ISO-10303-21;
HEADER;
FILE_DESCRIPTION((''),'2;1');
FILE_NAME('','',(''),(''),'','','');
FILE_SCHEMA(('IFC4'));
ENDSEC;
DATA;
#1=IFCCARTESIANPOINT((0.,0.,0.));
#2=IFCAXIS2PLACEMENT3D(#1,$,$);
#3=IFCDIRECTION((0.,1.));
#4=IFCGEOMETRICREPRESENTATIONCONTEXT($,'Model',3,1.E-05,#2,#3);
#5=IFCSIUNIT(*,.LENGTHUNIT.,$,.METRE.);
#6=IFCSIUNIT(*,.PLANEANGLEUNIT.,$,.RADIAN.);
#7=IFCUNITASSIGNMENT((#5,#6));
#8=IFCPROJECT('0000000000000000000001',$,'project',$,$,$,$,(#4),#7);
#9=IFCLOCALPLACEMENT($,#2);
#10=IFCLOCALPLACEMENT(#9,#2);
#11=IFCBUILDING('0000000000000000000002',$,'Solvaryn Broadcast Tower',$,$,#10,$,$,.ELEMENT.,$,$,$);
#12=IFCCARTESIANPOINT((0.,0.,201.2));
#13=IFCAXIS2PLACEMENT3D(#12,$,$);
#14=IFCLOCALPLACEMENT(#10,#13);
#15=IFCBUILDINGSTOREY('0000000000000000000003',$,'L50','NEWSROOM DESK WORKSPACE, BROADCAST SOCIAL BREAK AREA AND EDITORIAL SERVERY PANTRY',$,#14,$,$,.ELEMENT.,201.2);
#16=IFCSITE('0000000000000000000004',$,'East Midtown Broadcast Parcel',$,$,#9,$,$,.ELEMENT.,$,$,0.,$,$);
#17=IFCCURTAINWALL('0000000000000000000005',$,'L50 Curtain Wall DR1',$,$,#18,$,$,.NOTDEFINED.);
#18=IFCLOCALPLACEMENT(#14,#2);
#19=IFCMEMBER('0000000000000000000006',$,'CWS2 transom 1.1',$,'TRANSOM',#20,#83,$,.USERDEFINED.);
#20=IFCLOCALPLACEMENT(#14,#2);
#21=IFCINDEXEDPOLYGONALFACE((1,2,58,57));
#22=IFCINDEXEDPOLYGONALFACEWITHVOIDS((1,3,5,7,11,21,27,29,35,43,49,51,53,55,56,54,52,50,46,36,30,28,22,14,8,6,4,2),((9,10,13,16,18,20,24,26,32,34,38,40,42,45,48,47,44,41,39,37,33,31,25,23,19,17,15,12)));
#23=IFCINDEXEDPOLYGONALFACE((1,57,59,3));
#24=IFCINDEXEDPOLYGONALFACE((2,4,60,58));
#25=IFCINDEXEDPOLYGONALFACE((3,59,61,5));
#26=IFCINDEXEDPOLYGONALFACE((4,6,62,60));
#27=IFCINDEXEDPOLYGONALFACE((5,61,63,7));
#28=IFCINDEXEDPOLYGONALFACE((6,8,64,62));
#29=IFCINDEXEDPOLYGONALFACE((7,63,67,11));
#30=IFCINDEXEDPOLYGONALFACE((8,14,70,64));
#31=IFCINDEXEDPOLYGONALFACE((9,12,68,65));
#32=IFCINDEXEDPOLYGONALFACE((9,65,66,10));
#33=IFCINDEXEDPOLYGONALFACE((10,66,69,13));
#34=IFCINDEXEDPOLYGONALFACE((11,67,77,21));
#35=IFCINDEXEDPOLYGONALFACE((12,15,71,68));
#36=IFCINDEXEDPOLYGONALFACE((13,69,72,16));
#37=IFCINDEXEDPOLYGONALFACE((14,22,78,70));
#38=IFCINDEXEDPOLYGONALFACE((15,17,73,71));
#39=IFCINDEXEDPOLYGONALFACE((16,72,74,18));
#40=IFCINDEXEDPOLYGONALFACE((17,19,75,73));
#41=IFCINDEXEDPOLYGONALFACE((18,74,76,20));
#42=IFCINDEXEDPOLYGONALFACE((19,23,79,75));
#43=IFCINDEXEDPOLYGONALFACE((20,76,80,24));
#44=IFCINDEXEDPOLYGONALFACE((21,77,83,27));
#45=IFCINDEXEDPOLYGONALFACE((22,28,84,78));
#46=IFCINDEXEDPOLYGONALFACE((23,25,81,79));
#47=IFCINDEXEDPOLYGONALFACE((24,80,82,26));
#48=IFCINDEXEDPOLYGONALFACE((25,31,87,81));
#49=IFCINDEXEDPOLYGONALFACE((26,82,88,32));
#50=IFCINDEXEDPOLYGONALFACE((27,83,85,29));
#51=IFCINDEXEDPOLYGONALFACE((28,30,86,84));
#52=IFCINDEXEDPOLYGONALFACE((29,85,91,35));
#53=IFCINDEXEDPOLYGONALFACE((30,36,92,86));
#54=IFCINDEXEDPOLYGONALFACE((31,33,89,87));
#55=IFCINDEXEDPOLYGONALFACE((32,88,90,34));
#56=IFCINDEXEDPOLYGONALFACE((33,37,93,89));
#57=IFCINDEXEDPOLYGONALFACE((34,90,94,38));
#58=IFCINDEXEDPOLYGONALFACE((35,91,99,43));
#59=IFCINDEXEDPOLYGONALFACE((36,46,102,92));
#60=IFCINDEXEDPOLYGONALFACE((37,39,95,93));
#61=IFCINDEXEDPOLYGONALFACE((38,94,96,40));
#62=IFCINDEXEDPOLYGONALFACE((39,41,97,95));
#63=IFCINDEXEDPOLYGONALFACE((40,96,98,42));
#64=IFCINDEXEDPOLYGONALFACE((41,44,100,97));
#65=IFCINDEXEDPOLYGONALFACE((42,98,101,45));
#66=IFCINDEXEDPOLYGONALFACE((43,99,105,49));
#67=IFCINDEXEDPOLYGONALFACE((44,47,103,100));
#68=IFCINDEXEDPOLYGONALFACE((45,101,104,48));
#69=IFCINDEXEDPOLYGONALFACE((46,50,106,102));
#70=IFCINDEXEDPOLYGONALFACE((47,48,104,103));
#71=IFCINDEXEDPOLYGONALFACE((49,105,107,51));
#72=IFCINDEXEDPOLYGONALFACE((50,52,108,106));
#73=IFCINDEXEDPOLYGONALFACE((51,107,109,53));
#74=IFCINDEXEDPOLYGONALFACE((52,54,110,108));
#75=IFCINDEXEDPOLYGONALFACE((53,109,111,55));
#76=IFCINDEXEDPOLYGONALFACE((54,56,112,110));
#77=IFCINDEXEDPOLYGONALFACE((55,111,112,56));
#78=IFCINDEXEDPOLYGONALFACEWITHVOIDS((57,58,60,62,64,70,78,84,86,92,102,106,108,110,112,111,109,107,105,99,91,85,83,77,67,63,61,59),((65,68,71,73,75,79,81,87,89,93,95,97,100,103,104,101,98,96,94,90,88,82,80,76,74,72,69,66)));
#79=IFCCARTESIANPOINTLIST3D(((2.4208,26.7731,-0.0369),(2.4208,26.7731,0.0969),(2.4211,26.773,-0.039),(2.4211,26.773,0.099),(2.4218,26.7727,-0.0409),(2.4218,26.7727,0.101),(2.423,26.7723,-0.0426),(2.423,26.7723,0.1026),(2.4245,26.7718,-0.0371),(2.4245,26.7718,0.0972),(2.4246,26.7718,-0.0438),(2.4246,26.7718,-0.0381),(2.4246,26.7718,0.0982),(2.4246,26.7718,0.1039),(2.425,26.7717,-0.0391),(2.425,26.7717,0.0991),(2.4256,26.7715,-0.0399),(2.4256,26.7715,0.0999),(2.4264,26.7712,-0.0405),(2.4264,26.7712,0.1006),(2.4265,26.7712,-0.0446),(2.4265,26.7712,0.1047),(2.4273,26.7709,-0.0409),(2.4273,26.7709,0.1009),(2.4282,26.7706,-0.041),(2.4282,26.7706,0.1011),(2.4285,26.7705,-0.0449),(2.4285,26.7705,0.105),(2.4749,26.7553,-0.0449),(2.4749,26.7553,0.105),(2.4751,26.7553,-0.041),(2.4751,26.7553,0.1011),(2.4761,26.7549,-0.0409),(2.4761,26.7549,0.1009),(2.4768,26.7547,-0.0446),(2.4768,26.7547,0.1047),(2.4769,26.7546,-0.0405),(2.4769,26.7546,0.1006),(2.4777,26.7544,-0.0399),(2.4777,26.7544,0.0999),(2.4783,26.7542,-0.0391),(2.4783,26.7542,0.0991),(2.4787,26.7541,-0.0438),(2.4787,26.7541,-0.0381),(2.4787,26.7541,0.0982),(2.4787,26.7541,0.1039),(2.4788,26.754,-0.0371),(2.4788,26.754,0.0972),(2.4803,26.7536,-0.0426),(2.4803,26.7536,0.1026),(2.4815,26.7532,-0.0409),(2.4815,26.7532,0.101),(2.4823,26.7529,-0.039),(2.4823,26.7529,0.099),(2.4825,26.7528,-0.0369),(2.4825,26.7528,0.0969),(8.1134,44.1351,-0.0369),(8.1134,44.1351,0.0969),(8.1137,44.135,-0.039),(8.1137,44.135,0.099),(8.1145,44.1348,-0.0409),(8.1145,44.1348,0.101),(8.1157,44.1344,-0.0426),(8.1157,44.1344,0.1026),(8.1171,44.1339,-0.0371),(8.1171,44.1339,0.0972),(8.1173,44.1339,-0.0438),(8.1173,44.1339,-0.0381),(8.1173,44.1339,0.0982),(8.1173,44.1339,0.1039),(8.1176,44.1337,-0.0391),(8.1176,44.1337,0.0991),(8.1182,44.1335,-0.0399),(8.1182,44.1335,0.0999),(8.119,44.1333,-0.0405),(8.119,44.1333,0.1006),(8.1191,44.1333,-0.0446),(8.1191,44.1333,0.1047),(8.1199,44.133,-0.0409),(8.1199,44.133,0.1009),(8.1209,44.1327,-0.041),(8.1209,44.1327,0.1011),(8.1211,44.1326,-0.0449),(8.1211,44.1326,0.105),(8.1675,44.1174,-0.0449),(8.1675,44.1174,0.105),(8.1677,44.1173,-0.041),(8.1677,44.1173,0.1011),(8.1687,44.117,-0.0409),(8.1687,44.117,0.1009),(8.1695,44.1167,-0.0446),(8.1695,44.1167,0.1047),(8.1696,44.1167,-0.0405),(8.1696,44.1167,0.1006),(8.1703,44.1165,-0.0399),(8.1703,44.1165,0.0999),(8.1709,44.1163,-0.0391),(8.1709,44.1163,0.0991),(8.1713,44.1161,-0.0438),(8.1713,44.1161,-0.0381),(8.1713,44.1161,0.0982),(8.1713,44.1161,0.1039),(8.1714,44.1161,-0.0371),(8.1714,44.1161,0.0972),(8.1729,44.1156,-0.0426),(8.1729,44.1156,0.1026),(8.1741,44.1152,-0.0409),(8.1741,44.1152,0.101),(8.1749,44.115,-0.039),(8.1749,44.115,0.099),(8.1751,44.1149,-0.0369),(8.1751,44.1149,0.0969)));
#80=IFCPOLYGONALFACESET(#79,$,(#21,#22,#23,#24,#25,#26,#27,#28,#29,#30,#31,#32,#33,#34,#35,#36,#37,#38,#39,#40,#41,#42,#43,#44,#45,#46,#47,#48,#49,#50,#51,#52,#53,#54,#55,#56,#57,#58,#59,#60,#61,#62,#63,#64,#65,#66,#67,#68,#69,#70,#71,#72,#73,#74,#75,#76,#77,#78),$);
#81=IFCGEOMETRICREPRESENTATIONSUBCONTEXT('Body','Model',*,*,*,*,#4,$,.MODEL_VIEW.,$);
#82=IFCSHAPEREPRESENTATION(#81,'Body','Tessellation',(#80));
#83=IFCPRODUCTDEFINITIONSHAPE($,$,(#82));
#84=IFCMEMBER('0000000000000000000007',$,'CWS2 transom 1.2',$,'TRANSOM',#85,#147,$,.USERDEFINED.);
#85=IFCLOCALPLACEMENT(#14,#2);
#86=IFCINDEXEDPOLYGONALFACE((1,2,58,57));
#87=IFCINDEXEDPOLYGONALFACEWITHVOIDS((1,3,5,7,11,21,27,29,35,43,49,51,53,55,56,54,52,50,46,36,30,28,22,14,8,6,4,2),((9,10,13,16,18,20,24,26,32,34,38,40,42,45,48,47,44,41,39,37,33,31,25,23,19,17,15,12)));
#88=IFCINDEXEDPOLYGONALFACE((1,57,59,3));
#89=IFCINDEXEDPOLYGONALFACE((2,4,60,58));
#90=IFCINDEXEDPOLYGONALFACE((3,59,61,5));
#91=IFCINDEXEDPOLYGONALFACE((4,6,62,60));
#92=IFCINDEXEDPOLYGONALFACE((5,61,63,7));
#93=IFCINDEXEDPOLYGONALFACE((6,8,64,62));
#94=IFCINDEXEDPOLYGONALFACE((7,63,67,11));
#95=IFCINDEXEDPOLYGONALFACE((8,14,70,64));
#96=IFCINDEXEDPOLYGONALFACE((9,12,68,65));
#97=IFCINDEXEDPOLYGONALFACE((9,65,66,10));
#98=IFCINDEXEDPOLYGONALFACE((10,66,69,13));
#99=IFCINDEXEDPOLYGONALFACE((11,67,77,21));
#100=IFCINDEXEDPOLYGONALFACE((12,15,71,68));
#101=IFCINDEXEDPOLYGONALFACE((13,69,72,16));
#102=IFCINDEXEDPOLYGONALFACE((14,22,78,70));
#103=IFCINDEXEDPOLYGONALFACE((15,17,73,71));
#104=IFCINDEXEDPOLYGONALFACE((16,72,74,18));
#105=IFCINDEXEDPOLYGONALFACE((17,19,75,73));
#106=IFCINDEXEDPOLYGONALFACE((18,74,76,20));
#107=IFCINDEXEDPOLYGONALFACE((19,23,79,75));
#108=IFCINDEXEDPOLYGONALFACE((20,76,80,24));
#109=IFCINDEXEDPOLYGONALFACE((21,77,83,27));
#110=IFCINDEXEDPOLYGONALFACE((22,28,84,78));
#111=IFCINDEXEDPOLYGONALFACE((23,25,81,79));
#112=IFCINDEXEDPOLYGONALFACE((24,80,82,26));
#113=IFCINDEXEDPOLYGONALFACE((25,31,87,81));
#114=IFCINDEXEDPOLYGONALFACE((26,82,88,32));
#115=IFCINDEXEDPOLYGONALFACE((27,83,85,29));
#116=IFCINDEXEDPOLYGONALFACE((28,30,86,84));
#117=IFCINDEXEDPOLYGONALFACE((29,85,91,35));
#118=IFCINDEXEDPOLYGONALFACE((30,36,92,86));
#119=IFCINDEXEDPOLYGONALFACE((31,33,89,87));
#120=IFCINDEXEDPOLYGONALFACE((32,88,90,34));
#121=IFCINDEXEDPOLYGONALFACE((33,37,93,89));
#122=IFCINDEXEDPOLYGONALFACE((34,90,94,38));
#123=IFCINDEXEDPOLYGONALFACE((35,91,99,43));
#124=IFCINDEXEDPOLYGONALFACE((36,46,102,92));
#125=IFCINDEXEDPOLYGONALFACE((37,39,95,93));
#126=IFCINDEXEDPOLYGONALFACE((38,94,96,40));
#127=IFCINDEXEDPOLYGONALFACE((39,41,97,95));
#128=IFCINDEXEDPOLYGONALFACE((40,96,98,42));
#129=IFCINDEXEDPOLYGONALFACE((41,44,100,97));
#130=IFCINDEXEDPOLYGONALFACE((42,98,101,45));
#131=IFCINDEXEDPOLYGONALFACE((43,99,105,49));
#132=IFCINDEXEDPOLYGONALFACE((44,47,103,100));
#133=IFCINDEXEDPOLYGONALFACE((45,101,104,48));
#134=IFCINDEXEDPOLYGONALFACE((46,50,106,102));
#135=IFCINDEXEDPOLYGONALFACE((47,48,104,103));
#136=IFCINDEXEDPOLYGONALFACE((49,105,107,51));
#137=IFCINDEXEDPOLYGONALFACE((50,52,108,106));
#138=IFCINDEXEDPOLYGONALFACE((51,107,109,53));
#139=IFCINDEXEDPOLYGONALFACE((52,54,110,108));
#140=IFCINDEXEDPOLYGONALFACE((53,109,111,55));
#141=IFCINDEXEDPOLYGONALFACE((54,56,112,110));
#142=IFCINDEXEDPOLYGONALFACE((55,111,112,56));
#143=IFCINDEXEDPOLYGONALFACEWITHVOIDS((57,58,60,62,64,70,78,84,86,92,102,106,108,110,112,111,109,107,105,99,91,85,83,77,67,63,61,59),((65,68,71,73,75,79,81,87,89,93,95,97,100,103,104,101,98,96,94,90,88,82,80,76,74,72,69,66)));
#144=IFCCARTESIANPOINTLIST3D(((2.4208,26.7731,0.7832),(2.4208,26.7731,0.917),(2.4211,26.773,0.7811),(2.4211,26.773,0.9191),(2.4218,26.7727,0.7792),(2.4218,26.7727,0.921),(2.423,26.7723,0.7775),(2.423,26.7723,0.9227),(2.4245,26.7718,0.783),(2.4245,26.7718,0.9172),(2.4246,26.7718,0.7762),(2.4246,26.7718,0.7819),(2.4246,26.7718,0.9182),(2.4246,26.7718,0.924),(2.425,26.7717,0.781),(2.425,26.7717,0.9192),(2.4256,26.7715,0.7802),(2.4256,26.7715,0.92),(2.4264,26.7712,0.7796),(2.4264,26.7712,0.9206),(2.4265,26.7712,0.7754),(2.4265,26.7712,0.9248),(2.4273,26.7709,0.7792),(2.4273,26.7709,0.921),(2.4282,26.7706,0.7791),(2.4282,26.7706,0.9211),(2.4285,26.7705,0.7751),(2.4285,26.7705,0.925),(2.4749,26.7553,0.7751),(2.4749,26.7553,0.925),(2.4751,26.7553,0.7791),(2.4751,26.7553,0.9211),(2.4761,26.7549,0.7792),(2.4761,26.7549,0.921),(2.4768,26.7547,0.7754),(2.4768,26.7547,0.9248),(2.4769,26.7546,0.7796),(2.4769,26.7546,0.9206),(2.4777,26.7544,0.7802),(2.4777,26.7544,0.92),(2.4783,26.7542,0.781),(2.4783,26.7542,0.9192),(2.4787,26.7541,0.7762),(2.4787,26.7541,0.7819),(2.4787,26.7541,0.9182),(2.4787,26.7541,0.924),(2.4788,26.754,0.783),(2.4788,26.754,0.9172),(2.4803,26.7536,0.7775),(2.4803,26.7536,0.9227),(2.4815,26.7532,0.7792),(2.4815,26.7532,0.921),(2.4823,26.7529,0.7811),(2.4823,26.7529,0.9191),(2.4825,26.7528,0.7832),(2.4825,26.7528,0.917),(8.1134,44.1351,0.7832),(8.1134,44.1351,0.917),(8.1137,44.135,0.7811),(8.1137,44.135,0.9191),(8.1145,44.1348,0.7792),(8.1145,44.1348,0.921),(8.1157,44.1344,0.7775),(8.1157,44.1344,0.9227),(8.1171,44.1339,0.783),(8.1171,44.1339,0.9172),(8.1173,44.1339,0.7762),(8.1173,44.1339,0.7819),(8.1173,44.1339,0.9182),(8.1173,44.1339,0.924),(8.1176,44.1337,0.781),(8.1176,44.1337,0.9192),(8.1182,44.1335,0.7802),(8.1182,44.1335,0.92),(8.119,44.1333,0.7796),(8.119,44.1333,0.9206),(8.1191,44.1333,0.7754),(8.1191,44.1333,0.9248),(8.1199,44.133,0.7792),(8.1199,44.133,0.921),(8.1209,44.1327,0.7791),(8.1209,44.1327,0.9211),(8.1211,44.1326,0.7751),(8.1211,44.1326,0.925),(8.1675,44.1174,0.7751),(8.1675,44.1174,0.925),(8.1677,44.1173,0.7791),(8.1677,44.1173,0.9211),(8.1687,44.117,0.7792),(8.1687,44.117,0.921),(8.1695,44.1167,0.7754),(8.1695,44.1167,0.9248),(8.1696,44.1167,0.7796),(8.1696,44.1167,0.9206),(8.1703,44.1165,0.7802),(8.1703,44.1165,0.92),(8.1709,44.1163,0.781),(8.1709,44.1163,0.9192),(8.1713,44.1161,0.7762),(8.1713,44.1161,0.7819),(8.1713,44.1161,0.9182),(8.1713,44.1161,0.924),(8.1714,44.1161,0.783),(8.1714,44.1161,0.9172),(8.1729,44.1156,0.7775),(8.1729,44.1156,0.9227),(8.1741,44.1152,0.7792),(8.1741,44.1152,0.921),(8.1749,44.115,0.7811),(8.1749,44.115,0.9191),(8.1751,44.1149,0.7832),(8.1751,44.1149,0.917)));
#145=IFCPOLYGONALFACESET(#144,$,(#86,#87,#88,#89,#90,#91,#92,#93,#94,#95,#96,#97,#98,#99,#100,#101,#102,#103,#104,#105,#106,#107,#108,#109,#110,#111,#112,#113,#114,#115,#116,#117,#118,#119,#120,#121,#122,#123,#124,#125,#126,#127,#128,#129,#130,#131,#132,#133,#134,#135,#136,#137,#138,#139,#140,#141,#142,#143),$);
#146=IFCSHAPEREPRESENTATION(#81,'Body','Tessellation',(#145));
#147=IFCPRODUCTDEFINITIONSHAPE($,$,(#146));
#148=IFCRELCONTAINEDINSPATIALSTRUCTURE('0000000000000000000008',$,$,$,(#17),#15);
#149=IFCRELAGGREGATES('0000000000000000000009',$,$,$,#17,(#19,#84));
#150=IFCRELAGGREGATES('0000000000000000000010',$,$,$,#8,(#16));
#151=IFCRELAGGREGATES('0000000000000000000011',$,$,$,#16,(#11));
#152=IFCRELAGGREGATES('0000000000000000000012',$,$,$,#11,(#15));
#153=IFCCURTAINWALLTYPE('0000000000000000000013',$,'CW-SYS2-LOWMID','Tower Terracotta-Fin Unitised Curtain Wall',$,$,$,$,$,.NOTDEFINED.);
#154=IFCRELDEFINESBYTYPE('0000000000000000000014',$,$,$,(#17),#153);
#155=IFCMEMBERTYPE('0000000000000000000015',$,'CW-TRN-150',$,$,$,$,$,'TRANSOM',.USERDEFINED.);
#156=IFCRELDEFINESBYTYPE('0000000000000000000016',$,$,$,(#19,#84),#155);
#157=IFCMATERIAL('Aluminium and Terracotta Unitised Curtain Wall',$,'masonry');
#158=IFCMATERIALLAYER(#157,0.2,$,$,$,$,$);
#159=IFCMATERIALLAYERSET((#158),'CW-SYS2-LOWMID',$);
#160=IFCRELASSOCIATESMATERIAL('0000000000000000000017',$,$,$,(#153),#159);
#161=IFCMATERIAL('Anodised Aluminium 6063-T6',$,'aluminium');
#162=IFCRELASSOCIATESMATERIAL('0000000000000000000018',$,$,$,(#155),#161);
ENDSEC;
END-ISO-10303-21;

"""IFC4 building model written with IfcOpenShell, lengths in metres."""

from ifc_helpers import new_model, si_unit, direction, frame, origin, origin_2d, place, context, subcontext, project, spatial, hollow_rectangle, extrude, material, layer, layer_set, material_profile, profile_set, type_object, element, aggregate, save


model = new_model("IFC4")

# Units and contexts
model_context = context("Model", 3, precision=1e-05, world=origin(), true_north=direction((0.0, 1.0)))
body_context = subcontext(model_context, "Body", "Model", "MODEL_VIEW")
ifc_project = project(units=[si_unit("LENGTHUNIT", "METRE"), si_unit("PLANEANGLEUNIT", "RADIAN")], contexts=[model_context])

# Site, building, storey
site_placement = place(None, origin())
site = spatial("IfcSite", under=ifc_project, at=site_placement, Name="East Midtown Broadcast Parcel", CompositionType="ELEMENT", RefElevation=0.0)
building_placement = place(site_placement, origin())
building = spatial("IfcBuilding", under=site, at=building_placement, Name="Solvaryn Broadcast Tower", CompositionType="ELEMENT")
storey_placement = place(building_placement, frame((0.0, 0.0, 201.2)))
storey = spatial("IfcBuildingStorey", under=building, at=storey_placement, Name="L50", Description="NEWSROOM DESK WORKSPACE, BROADCAST SOCIAL BREAK AREA AND EDITORIAL SERVERY PANTRY", CompositionType="ELEMENT", Elevation=201.2)

# Curtain wall
ifc_material_1 = material(Name="Aluminium and Terracotta Unitised Curtain Wall", Category="masonry")
ifc_layer_1 = layer(ifc_material_1, 0.2)
ifc_layer_set_1 = layer_set([ifc_layer_1], Name="CW-SYS2-LOWMID")
curtain_wall_type = type_object("IfcCurtainWallType", Name="CW-SYS2-LOWMID", Description="Tower Terracotta-Fin Unitised Curtain Wall", PredefinedType="NOTDEFINED", material=ifc_layer_set_1)
curtain_wall_1_placement = place(storey_placement, origin())
curtain_wall_1 = element("IfcCurtainWall", 1, at=curtain_wall_1_placement, inside=storey, type_object=curtain_wall_type, Name="L50 Curtain Wall DR1", PredefinedType="NOTDEFINED")

# Members
ifc_material_2 = material(Name="Anodised Aluminium 6063-T6", Category="aluminium")
ifc_material_profile_1 = material_profile(ifc_material_2, hollow_rectangle(XDim=0.0649, YDim=0.1499, WallThickness=0.0039, InnerFilletRadius=0.0039, OuterFilletRadius=0.0081, at=origin_2d()))
ifc_profile_set_1 = profile_set([ifc_material_profile_1], Name="Anodised Aluminium 6063-T6")
member_type_1 = type_object("IfcMemberType", Name="CW-TRN-150", ElementType="TRANSOM", PredefinedType="USERDEFINED", material=ifc_profile_set_1)
member_1_placement = place(storey_placement, frame((8.1443, 44.125, 0.03), z_axis=(-0.311558, -0.950227, 0.0), x_axis=(0.950227, -0.311558, 0.0)))
member_1 = element("IfcMember", 2, at=member_1_placement, type_object=member_type_1, Name="CWS2 transom 1.1", ObjectType="TRANSOM", PredefinedType="USERDEFINED", context=body_context, shape_type="SweptSolid", body=[
    extrude(hollow_rectangle(XDim=0.0649, YDim=0.1499, WallThickness=0.0039, InnerFilletRadius=0.0039, OuterFilletRadius=0.0081, at=origin_2d()), origin(), (0.0, 0.0, 1.0), 18.2715),
])
member_2_placement = place(storey_placement, frame((8.1443, 44.125, 0.8501), z_axis=(-0.311558, -0.950227, 0.0), x_axis=(0.950227, -0.311558, 0.0)))
member_2 = element("IfcMember", 3, at=member_2_placement, type_object=member_type_1, Name="CWS2 transom 1.2", ObjectType="TRANSOM", PredefinedType="USERDEFINED", context=body_context, shape_type="SweptSolid", body=[
    extrude(hollow_rectangle(XDim=0.0649, YDim=0.1499, WallThickness=0.0039, InnerFilletRadius=0.0039, OuterFilletRadius=0.0081, at=origin_2d()), origin(), (0.0, 0.0, 1.0), 18.2715),
])
aggregate(curtain_wall_1, [member_1, member_2])

save(model, "model.ifc")
